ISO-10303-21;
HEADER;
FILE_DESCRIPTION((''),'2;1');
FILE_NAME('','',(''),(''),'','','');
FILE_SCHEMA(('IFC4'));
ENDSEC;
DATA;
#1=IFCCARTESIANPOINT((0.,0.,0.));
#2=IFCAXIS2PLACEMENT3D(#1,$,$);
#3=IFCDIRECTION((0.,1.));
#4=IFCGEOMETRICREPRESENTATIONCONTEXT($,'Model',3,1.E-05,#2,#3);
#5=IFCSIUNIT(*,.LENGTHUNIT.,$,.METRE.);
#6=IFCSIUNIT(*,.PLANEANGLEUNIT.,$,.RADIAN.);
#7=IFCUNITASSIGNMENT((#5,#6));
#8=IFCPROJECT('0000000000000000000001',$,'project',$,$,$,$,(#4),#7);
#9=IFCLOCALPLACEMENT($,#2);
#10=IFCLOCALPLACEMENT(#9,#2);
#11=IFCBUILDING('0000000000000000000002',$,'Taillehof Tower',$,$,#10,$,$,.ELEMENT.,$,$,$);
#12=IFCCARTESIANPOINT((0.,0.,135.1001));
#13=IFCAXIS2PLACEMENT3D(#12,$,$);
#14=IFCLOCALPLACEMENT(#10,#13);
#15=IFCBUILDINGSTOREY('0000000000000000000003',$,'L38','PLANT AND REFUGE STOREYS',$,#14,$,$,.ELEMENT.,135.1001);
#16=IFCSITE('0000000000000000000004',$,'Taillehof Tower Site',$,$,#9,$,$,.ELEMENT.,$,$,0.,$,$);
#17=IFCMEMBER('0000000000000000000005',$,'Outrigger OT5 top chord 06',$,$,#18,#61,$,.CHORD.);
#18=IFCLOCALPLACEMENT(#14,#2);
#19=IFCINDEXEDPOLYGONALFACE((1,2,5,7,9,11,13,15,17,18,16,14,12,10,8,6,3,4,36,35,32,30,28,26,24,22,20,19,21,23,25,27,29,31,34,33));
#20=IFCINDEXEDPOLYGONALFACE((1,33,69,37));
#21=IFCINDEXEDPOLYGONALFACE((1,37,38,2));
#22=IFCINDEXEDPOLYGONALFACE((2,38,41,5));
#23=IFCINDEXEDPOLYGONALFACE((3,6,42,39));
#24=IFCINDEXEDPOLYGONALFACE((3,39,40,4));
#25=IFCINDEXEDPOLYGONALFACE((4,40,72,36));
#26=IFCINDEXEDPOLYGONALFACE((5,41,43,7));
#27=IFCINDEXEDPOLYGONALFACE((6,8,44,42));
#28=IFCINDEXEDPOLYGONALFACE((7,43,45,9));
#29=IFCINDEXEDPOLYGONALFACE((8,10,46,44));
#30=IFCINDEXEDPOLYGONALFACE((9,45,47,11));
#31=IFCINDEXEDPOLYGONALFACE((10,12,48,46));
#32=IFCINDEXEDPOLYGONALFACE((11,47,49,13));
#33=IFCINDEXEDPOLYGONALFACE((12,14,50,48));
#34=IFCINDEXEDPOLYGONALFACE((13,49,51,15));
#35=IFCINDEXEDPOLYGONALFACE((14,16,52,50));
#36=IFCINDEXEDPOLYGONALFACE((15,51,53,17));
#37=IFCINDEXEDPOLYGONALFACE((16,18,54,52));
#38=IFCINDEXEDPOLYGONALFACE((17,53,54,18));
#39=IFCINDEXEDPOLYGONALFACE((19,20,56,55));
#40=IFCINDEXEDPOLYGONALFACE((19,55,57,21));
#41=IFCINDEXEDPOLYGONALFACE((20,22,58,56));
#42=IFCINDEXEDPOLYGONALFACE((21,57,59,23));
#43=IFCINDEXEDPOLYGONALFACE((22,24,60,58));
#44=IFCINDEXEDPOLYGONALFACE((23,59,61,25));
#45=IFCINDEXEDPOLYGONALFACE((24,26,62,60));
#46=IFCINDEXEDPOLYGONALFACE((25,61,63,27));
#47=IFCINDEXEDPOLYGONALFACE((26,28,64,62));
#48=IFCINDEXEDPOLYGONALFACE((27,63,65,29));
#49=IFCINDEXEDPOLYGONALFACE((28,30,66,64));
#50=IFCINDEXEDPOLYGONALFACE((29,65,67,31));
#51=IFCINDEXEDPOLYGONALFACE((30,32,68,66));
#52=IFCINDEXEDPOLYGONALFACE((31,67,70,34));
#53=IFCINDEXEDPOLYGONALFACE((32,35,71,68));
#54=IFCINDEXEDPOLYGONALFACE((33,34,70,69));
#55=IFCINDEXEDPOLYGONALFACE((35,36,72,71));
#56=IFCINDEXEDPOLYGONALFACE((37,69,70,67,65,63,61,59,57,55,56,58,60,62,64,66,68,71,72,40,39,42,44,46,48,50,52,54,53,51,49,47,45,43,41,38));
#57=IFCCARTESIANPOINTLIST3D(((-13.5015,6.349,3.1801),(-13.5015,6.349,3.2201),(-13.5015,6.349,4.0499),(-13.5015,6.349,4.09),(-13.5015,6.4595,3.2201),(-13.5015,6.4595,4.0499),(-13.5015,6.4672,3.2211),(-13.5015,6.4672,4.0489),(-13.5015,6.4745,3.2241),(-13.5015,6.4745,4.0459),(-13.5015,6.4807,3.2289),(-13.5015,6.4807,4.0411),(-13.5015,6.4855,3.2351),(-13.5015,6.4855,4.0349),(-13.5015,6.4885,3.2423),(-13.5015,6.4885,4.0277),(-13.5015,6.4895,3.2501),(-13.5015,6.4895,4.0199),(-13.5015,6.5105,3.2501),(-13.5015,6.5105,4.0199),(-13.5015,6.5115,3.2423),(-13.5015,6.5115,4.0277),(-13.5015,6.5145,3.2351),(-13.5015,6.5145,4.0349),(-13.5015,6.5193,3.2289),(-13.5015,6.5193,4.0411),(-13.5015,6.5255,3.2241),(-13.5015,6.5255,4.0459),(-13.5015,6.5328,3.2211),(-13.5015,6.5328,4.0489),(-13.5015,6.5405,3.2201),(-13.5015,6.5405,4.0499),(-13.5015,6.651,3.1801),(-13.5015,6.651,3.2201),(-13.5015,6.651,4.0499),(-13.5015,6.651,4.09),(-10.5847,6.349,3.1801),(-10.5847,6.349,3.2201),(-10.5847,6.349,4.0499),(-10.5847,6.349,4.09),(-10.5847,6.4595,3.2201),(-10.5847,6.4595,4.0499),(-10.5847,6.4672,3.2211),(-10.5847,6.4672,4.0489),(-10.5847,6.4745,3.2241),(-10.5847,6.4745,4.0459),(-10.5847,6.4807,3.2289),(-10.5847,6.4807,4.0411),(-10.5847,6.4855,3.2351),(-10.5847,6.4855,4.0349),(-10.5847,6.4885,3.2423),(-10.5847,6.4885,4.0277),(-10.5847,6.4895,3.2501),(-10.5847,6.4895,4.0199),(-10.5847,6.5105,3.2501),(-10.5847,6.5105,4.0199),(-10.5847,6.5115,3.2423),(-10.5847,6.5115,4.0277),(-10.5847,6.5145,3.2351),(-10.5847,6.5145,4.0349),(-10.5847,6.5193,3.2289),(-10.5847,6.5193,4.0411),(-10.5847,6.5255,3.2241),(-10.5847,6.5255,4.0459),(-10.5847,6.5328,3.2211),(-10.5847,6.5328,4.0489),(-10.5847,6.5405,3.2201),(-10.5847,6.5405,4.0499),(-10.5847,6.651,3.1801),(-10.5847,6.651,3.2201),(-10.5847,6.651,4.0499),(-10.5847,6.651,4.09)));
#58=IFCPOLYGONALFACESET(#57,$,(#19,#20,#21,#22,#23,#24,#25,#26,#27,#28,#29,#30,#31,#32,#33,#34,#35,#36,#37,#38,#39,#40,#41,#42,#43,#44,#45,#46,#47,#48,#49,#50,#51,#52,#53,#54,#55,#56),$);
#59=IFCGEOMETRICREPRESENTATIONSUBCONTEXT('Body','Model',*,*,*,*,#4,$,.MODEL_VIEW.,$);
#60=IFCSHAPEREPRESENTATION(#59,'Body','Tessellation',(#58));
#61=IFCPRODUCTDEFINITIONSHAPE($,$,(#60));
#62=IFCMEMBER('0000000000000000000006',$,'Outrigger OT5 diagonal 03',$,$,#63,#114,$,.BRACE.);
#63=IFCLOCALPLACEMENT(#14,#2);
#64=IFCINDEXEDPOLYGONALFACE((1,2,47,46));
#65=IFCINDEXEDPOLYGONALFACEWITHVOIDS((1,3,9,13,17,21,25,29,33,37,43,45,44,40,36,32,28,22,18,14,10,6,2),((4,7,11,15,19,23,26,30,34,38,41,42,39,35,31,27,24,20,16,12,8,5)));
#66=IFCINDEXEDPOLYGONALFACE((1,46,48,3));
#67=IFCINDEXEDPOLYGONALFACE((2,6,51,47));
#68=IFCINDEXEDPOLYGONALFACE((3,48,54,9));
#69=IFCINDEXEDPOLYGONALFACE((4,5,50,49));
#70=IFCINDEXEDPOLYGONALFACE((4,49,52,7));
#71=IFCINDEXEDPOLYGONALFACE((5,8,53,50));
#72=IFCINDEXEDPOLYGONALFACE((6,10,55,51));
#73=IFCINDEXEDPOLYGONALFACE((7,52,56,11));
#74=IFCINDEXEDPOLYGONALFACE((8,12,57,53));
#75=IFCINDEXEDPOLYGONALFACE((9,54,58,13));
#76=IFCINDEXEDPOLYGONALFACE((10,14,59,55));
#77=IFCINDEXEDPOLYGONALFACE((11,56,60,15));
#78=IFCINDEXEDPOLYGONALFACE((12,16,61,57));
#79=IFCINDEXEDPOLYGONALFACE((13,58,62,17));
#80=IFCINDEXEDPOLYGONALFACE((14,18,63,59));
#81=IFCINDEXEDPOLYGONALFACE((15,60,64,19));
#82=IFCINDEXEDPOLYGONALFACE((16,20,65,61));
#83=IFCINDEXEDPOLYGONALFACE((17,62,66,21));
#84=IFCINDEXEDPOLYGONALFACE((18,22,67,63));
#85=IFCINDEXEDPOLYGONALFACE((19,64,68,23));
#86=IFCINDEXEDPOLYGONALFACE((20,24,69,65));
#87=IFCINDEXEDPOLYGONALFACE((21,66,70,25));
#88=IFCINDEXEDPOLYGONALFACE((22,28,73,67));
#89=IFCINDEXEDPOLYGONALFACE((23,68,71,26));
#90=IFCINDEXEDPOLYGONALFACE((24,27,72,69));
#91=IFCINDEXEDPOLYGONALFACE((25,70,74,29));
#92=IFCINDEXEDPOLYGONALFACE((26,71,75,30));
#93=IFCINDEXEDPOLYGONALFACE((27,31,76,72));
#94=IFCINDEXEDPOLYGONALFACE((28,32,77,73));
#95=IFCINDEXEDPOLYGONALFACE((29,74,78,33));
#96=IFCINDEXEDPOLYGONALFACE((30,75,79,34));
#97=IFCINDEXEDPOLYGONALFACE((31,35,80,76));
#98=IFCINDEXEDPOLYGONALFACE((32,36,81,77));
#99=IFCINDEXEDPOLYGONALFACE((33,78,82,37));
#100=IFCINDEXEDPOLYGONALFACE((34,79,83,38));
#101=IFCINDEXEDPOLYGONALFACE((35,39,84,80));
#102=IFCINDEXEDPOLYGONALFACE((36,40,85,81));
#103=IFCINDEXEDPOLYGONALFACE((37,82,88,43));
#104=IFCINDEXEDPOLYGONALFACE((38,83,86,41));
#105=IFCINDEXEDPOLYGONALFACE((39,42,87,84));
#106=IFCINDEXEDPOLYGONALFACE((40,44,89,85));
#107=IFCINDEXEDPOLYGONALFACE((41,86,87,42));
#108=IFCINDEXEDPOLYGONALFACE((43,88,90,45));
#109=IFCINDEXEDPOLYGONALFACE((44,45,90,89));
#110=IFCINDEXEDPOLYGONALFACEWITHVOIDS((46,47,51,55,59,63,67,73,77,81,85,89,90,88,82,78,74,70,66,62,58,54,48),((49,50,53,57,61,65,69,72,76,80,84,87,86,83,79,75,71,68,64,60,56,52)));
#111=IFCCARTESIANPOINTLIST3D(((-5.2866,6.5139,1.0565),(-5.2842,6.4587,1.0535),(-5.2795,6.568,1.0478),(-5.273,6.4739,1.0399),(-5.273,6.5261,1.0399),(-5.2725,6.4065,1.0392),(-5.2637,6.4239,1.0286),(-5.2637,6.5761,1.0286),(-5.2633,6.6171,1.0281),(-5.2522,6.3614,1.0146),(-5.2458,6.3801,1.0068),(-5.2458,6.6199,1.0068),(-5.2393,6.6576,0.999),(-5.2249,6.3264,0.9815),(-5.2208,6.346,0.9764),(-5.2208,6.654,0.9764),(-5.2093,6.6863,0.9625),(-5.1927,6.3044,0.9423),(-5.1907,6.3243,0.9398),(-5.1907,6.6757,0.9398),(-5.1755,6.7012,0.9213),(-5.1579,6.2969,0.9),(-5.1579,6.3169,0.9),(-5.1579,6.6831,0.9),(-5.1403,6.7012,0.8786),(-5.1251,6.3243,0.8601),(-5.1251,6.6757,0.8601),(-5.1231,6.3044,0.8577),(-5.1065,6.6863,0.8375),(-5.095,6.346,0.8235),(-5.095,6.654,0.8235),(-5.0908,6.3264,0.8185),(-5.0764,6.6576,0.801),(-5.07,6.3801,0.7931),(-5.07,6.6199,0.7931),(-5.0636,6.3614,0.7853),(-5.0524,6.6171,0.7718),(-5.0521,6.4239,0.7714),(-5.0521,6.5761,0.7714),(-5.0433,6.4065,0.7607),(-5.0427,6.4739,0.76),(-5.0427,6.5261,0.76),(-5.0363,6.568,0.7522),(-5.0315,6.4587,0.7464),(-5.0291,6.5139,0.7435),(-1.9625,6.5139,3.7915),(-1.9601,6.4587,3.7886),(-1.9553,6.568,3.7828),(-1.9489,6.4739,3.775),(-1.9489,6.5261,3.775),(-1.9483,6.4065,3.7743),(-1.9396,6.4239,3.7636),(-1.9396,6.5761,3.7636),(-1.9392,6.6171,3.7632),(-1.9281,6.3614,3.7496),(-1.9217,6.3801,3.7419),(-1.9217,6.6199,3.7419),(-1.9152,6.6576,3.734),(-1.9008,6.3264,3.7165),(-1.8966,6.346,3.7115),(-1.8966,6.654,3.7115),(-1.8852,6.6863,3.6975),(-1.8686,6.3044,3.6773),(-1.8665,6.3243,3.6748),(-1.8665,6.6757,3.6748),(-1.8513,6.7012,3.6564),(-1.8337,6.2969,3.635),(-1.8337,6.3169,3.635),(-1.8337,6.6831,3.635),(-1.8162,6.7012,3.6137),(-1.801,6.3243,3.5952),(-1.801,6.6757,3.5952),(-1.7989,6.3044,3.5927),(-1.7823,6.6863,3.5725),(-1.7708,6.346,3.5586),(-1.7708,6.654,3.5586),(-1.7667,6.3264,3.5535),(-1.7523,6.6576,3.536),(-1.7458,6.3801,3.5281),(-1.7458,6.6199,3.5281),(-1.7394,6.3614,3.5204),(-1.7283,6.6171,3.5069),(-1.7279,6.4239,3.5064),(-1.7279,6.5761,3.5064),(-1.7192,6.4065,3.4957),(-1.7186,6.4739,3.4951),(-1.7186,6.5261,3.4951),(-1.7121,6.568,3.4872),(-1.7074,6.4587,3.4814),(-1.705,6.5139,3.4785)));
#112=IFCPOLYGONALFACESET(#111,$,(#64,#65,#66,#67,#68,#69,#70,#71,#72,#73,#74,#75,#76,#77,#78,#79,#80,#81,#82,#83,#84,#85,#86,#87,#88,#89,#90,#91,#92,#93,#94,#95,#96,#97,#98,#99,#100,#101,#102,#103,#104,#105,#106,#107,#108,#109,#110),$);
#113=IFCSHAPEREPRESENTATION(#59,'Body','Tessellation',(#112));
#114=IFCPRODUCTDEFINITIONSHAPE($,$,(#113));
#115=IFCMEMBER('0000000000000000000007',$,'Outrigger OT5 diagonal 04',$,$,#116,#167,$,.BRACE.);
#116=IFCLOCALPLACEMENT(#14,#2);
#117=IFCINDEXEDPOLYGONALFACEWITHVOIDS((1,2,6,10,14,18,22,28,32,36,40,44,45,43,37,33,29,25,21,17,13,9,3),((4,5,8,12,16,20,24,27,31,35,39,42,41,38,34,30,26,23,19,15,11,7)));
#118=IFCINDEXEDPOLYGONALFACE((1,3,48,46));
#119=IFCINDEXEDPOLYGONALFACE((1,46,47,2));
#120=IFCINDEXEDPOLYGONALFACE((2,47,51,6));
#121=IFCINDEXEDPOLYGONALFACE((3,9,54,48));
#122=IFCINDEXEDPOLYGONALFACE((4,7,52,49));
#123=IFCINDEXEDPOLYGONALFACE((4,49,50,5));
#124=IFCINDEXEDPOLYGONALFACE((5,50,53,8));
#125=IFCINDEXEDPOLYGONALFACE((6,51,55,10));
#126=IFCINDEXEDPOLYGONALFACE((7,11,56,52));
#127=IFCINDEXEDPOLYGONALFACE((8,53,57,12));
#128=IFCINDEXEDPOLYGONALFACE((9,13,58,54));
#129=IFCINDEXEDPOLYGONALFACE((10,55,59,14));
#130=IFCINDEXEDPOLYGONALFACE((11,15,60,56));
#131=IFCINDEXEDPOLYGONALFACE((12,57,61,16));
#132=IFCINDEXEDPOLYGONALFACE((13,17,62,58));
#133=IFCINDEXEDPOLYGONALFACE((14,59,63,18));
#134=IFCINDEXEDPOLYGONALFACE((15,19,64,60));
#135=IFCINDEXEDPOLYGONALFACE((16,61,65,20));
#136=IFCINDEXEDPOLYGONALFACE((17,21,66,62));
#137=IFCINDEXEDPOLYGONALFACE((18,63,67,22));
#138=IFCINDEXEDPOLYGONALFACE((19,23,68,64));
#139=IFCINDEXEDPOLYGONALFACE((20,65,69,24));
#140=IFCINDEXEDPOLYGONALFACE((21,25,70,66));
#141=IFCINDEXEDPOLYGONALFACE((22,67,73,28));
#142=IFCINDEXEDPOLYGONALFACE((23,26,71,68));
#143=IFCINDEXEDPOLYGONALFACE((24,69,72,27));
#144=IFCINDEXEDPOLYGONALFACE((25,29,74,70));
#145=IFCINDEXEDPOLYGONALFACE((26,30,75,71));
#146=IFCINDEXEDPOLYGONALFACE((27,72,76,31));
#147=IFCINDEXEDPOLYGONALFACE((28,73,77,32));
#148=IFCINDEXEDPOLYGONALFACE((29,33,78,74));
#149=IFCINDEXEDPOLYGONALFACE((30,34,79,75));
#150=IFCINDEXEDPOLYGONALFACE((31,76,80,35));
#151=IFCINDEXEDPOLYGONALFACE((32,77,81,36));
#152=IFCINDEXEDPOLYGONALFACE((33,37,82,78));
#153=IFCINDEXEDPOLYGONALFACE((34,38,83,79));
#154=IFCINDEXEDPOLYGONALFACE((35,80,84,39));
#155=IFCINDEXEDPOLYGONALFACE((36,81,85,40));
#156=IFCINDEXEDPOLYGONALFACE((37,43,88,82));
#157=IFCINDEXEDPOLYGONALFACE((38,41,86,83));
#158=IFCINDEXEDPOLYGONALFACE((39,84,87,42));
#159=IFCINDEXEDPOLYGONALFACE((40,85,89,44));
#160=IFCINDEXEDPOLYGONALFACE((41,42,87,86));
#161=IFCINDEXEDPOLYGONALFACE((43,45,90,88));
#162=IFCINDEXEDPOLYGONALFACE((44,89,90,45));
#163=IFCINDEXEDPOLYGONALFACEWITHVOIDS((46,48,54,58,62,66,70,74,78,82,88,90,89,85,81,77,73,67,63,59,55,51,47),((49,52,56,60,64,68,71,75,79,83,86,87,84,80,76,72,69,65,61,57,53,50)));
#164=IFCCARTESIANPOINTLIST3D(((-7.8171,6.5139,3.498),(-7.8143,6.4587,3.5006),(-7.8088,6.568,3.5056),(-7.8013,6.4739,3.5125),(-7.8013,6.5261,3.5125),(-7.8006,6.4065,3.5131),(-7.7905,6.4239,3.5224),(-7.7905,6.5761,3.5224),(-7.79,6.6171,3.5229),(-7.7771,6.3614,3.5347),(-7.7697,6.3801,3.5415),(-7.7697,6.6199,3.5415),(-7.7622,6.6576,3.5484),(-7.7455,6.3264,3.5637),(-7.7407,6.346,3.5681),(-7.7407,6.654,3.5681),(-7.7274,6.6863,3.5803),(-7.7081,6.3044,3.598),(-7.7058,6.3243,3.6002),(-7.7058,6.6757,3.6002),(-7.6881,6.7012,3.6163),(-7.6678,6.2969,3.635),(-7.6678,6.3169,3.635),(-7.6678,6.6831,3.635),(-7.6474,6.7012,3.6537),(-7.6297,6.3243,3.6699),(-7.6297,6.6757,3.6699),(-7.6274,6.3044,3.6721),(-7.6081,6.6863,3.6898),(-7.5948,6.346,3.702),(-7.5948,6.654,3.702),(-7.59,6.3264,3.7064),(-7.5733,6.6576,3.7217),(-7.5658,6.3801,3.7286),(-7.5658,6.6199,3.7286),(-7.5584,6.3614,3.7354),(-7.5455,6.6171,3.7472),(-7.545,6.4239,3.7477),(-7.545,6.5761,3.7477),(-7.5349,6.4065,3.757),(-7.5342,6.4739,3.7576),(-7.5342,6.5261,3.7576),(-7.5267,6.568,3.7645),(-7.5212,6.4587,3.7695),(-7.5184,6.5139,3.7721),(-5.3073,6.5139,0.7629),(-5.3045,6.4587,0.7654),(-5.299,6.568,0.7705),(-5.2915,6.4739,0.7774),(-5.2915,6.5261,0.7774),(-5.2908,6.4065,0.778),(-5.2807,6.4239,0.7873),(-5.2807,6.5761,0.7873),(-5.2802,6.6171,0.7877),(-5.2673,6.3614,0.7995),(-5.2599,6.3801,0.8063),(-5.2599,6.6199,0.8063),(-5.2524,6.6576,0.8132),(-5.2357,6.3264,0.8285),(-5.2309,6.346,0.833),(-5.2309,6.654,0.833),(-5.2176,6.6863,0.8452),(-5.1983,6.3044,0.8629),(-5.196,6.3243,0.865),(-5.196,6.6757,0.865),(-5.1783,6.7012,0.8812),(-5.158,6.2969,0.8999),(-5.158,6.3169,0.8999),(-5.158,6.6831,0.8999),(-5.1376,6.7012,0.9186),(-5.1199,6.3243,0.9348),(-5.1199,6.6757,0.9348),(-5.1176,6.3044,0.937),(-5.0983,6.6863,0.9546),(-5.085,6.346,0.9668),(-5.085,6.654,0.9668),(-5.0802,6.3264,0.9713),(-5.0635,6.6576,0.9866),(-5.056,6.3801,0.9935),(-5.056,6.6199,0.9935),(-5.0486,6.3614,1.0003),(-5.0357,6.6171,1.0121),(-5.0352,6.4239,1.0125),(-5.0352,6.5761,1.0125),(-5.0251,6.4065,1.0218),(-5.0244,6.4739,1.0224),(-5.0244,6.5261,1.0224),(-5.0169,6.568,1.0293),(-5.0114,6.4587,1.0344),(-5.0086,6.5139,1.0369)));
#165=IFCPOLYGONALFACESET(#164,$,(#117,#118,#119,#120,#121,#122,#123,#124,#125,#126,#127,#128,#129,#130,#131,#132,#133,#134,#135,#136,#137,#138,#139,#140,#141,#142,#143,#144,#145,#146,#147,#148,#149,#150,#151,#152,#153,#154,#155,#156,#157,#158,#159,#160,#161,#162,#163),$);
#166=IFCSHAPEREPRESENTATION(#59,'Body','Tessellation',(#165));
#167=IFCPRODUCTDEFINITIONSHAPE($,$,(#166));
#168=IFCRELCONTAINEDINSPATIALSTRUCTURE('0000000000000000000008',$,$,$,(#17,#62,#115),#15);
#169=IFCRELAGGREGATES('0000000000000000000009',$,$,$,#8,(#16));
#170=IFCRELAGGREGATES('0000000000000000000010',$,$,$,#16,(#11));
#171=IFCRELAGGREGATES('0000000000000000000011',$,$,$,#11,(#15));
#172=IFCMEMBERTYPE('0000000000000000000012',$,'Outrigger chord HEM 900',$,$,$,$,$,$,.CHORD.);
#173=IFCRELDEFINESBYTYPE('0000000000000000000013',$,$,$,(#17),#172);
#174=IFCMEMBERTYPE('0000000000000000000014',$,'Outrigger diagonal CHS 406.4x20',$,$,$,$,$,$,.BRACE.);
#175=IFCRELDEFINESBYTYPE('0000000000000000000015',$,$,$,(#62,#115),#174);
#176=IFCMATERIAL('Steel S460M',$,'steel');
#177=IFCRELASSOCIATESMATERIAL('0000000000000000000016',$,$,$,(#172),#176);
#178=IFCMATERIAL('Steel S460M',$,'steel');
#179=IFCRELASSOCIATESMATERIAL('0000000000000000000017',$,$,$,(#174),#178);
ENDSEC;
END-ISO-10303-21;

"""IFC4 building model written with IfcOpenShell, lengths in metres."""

from ifc_helpers import new_model, si_unit, direction, frame, origin, origin_2d, place, context, subcontext, project, spatial, hollow_circle, i_section, extrude, material, material_profile, profile_set, type_object, element, save


model = new_model("IFC4")

# Units and contexts
model_context = context("Model", 3, precision=1e-05, world=origin(), true_north=direction((0.0, 1.0)))
body_context = subcontext(model_context, "Body", "Model", "MODEL_VIEW")
ifc_project = project(units=[si_unit("LENGTHUNIT", "METRE"), si_unit("PLANEANGLEUNIT", "RADIAN")], contexts=[model_context])

# Site, building, storey
site_placement = place(None, origin())
site = spatial("IfcSite", under=ifc_project, at=site_placement, Name="Taillehof Tower Site", CompositionType="ELEMENT", RefElevation=0.0)
building_placement = place(site_placement, origin())
building = spatial("IfcBuilding", under=site, at=building_placement, Name="Taillehof Tower", CompositionType="ELEMENT")
storey_placement = place(building_placement, frame((0.0, 0.0, 135.1001)))
storey = spatial("IfcBuildingStorey", under=building, at=storey_placement, Name="L38", Description="PLANT AND REFUGE STOREYS", CompositionType="ELEMENT", Elevation=135.1001)

# Members
ifc_material_1 = material(Name="Steel S460M", Category="steel")
ifc_material_profile_1 = material_profile(ifc_material_1, i_section(OverallWidth=0.302, OverallDepth=0.9099, WebThickness=0.021, FlangeThickness=0.04, FilletRadius=0.03, at=origin_2d()), Name="HEM 900")
ifc_profile_set_1 = profile_set([ifc_material_profile_1], Name="Steel S460M")
member_type_1 = type_object("IfcMemberType", Name="Outrigger chord HEM 900", PredefinedType="CHORD", material=ifc_profile_set_1)
member_1_placement = place(storey_placement, frame((-10.5847, 6.5, 3.635), z_axis=(-1.0, 0.0, 0.0), x_axis=(0.0, -1.0, 0.0)))
element("IfcMember", 1, at=member_1_placement, inside=storey, type_object=member_type_1, Name="Outrigger OT5 top chord 06", PredefinedType="CHORD", context=body_context, shape_type="SweptSolid", body=[
    extrude(i_section(OverallWidth=0.302, OverallDepth=0.9099, WebThickness=0.021, FlangeThickness=0.04, FilletRadius=0.03, at=origin_2d()), origin(), (0.0, 0.0, 1.0), 2.9167),
])
ifc_material_2 = material(Name="Steel S460M", Category="steel")
ifc_material_profile_2 = material_profile(ifc_material_2, hollow_circle(Radius=0.2031, WallThickness=0.02, at=origin_2d()), Name="CHS 406.4x20")
ifc_profile_set_2 = profile_set([ifc_material_profile_2], Name="Steel S460M")
member_type_2 = type_object("IfcMemberType", Name="Outrigger diagonal CHS 406.4x20", PredefinedType="BRACE", material=ifc_profile_set_2)
member_2_placement = place(storey_placement, frame((-1.8337, 6.5, 3.635), z_axis=(-0.772213, 0.0, -0.635363), x_axis=(0.0, -1.0, 0.0)))
element("IfcMember", 2, at=member_2_placement, inside=storey, type_object=member_type_2, Name="Outrigger OT5 diagonal 03", PredefinedType="BRACE", context=body_context, shape_type="SweptSolid", body=[
    extrude(hollow_circle(Radius=0.2031, WallThickness=0.02, at=origin_2d()), origin(), (0.0, 0.0, 1.0), 4.3047),
])
member_3_placement = place(storey_placement, frame((-5.158, 6.5, 0.8999), z_axis=(-0.676103, 0.0, 0.736807), x_axis=(0.0, -1.0, 0.0)))
element("IfcMember", 3, at=member_3_placement, inside=storey, type_object=member_type_2, Name="Outrigger OT5 diagonal 04", PredefinedType="BRACE", context=body_context, shape_type="SweptSolid", body=[
    extrude(hollow_circle(Radius=0.2031, WallThickness=0.02, at=origin_2d()), origin(), (0.0, 0.0, 1.0), 3.7122),
])

save(model, "model.ifc")
